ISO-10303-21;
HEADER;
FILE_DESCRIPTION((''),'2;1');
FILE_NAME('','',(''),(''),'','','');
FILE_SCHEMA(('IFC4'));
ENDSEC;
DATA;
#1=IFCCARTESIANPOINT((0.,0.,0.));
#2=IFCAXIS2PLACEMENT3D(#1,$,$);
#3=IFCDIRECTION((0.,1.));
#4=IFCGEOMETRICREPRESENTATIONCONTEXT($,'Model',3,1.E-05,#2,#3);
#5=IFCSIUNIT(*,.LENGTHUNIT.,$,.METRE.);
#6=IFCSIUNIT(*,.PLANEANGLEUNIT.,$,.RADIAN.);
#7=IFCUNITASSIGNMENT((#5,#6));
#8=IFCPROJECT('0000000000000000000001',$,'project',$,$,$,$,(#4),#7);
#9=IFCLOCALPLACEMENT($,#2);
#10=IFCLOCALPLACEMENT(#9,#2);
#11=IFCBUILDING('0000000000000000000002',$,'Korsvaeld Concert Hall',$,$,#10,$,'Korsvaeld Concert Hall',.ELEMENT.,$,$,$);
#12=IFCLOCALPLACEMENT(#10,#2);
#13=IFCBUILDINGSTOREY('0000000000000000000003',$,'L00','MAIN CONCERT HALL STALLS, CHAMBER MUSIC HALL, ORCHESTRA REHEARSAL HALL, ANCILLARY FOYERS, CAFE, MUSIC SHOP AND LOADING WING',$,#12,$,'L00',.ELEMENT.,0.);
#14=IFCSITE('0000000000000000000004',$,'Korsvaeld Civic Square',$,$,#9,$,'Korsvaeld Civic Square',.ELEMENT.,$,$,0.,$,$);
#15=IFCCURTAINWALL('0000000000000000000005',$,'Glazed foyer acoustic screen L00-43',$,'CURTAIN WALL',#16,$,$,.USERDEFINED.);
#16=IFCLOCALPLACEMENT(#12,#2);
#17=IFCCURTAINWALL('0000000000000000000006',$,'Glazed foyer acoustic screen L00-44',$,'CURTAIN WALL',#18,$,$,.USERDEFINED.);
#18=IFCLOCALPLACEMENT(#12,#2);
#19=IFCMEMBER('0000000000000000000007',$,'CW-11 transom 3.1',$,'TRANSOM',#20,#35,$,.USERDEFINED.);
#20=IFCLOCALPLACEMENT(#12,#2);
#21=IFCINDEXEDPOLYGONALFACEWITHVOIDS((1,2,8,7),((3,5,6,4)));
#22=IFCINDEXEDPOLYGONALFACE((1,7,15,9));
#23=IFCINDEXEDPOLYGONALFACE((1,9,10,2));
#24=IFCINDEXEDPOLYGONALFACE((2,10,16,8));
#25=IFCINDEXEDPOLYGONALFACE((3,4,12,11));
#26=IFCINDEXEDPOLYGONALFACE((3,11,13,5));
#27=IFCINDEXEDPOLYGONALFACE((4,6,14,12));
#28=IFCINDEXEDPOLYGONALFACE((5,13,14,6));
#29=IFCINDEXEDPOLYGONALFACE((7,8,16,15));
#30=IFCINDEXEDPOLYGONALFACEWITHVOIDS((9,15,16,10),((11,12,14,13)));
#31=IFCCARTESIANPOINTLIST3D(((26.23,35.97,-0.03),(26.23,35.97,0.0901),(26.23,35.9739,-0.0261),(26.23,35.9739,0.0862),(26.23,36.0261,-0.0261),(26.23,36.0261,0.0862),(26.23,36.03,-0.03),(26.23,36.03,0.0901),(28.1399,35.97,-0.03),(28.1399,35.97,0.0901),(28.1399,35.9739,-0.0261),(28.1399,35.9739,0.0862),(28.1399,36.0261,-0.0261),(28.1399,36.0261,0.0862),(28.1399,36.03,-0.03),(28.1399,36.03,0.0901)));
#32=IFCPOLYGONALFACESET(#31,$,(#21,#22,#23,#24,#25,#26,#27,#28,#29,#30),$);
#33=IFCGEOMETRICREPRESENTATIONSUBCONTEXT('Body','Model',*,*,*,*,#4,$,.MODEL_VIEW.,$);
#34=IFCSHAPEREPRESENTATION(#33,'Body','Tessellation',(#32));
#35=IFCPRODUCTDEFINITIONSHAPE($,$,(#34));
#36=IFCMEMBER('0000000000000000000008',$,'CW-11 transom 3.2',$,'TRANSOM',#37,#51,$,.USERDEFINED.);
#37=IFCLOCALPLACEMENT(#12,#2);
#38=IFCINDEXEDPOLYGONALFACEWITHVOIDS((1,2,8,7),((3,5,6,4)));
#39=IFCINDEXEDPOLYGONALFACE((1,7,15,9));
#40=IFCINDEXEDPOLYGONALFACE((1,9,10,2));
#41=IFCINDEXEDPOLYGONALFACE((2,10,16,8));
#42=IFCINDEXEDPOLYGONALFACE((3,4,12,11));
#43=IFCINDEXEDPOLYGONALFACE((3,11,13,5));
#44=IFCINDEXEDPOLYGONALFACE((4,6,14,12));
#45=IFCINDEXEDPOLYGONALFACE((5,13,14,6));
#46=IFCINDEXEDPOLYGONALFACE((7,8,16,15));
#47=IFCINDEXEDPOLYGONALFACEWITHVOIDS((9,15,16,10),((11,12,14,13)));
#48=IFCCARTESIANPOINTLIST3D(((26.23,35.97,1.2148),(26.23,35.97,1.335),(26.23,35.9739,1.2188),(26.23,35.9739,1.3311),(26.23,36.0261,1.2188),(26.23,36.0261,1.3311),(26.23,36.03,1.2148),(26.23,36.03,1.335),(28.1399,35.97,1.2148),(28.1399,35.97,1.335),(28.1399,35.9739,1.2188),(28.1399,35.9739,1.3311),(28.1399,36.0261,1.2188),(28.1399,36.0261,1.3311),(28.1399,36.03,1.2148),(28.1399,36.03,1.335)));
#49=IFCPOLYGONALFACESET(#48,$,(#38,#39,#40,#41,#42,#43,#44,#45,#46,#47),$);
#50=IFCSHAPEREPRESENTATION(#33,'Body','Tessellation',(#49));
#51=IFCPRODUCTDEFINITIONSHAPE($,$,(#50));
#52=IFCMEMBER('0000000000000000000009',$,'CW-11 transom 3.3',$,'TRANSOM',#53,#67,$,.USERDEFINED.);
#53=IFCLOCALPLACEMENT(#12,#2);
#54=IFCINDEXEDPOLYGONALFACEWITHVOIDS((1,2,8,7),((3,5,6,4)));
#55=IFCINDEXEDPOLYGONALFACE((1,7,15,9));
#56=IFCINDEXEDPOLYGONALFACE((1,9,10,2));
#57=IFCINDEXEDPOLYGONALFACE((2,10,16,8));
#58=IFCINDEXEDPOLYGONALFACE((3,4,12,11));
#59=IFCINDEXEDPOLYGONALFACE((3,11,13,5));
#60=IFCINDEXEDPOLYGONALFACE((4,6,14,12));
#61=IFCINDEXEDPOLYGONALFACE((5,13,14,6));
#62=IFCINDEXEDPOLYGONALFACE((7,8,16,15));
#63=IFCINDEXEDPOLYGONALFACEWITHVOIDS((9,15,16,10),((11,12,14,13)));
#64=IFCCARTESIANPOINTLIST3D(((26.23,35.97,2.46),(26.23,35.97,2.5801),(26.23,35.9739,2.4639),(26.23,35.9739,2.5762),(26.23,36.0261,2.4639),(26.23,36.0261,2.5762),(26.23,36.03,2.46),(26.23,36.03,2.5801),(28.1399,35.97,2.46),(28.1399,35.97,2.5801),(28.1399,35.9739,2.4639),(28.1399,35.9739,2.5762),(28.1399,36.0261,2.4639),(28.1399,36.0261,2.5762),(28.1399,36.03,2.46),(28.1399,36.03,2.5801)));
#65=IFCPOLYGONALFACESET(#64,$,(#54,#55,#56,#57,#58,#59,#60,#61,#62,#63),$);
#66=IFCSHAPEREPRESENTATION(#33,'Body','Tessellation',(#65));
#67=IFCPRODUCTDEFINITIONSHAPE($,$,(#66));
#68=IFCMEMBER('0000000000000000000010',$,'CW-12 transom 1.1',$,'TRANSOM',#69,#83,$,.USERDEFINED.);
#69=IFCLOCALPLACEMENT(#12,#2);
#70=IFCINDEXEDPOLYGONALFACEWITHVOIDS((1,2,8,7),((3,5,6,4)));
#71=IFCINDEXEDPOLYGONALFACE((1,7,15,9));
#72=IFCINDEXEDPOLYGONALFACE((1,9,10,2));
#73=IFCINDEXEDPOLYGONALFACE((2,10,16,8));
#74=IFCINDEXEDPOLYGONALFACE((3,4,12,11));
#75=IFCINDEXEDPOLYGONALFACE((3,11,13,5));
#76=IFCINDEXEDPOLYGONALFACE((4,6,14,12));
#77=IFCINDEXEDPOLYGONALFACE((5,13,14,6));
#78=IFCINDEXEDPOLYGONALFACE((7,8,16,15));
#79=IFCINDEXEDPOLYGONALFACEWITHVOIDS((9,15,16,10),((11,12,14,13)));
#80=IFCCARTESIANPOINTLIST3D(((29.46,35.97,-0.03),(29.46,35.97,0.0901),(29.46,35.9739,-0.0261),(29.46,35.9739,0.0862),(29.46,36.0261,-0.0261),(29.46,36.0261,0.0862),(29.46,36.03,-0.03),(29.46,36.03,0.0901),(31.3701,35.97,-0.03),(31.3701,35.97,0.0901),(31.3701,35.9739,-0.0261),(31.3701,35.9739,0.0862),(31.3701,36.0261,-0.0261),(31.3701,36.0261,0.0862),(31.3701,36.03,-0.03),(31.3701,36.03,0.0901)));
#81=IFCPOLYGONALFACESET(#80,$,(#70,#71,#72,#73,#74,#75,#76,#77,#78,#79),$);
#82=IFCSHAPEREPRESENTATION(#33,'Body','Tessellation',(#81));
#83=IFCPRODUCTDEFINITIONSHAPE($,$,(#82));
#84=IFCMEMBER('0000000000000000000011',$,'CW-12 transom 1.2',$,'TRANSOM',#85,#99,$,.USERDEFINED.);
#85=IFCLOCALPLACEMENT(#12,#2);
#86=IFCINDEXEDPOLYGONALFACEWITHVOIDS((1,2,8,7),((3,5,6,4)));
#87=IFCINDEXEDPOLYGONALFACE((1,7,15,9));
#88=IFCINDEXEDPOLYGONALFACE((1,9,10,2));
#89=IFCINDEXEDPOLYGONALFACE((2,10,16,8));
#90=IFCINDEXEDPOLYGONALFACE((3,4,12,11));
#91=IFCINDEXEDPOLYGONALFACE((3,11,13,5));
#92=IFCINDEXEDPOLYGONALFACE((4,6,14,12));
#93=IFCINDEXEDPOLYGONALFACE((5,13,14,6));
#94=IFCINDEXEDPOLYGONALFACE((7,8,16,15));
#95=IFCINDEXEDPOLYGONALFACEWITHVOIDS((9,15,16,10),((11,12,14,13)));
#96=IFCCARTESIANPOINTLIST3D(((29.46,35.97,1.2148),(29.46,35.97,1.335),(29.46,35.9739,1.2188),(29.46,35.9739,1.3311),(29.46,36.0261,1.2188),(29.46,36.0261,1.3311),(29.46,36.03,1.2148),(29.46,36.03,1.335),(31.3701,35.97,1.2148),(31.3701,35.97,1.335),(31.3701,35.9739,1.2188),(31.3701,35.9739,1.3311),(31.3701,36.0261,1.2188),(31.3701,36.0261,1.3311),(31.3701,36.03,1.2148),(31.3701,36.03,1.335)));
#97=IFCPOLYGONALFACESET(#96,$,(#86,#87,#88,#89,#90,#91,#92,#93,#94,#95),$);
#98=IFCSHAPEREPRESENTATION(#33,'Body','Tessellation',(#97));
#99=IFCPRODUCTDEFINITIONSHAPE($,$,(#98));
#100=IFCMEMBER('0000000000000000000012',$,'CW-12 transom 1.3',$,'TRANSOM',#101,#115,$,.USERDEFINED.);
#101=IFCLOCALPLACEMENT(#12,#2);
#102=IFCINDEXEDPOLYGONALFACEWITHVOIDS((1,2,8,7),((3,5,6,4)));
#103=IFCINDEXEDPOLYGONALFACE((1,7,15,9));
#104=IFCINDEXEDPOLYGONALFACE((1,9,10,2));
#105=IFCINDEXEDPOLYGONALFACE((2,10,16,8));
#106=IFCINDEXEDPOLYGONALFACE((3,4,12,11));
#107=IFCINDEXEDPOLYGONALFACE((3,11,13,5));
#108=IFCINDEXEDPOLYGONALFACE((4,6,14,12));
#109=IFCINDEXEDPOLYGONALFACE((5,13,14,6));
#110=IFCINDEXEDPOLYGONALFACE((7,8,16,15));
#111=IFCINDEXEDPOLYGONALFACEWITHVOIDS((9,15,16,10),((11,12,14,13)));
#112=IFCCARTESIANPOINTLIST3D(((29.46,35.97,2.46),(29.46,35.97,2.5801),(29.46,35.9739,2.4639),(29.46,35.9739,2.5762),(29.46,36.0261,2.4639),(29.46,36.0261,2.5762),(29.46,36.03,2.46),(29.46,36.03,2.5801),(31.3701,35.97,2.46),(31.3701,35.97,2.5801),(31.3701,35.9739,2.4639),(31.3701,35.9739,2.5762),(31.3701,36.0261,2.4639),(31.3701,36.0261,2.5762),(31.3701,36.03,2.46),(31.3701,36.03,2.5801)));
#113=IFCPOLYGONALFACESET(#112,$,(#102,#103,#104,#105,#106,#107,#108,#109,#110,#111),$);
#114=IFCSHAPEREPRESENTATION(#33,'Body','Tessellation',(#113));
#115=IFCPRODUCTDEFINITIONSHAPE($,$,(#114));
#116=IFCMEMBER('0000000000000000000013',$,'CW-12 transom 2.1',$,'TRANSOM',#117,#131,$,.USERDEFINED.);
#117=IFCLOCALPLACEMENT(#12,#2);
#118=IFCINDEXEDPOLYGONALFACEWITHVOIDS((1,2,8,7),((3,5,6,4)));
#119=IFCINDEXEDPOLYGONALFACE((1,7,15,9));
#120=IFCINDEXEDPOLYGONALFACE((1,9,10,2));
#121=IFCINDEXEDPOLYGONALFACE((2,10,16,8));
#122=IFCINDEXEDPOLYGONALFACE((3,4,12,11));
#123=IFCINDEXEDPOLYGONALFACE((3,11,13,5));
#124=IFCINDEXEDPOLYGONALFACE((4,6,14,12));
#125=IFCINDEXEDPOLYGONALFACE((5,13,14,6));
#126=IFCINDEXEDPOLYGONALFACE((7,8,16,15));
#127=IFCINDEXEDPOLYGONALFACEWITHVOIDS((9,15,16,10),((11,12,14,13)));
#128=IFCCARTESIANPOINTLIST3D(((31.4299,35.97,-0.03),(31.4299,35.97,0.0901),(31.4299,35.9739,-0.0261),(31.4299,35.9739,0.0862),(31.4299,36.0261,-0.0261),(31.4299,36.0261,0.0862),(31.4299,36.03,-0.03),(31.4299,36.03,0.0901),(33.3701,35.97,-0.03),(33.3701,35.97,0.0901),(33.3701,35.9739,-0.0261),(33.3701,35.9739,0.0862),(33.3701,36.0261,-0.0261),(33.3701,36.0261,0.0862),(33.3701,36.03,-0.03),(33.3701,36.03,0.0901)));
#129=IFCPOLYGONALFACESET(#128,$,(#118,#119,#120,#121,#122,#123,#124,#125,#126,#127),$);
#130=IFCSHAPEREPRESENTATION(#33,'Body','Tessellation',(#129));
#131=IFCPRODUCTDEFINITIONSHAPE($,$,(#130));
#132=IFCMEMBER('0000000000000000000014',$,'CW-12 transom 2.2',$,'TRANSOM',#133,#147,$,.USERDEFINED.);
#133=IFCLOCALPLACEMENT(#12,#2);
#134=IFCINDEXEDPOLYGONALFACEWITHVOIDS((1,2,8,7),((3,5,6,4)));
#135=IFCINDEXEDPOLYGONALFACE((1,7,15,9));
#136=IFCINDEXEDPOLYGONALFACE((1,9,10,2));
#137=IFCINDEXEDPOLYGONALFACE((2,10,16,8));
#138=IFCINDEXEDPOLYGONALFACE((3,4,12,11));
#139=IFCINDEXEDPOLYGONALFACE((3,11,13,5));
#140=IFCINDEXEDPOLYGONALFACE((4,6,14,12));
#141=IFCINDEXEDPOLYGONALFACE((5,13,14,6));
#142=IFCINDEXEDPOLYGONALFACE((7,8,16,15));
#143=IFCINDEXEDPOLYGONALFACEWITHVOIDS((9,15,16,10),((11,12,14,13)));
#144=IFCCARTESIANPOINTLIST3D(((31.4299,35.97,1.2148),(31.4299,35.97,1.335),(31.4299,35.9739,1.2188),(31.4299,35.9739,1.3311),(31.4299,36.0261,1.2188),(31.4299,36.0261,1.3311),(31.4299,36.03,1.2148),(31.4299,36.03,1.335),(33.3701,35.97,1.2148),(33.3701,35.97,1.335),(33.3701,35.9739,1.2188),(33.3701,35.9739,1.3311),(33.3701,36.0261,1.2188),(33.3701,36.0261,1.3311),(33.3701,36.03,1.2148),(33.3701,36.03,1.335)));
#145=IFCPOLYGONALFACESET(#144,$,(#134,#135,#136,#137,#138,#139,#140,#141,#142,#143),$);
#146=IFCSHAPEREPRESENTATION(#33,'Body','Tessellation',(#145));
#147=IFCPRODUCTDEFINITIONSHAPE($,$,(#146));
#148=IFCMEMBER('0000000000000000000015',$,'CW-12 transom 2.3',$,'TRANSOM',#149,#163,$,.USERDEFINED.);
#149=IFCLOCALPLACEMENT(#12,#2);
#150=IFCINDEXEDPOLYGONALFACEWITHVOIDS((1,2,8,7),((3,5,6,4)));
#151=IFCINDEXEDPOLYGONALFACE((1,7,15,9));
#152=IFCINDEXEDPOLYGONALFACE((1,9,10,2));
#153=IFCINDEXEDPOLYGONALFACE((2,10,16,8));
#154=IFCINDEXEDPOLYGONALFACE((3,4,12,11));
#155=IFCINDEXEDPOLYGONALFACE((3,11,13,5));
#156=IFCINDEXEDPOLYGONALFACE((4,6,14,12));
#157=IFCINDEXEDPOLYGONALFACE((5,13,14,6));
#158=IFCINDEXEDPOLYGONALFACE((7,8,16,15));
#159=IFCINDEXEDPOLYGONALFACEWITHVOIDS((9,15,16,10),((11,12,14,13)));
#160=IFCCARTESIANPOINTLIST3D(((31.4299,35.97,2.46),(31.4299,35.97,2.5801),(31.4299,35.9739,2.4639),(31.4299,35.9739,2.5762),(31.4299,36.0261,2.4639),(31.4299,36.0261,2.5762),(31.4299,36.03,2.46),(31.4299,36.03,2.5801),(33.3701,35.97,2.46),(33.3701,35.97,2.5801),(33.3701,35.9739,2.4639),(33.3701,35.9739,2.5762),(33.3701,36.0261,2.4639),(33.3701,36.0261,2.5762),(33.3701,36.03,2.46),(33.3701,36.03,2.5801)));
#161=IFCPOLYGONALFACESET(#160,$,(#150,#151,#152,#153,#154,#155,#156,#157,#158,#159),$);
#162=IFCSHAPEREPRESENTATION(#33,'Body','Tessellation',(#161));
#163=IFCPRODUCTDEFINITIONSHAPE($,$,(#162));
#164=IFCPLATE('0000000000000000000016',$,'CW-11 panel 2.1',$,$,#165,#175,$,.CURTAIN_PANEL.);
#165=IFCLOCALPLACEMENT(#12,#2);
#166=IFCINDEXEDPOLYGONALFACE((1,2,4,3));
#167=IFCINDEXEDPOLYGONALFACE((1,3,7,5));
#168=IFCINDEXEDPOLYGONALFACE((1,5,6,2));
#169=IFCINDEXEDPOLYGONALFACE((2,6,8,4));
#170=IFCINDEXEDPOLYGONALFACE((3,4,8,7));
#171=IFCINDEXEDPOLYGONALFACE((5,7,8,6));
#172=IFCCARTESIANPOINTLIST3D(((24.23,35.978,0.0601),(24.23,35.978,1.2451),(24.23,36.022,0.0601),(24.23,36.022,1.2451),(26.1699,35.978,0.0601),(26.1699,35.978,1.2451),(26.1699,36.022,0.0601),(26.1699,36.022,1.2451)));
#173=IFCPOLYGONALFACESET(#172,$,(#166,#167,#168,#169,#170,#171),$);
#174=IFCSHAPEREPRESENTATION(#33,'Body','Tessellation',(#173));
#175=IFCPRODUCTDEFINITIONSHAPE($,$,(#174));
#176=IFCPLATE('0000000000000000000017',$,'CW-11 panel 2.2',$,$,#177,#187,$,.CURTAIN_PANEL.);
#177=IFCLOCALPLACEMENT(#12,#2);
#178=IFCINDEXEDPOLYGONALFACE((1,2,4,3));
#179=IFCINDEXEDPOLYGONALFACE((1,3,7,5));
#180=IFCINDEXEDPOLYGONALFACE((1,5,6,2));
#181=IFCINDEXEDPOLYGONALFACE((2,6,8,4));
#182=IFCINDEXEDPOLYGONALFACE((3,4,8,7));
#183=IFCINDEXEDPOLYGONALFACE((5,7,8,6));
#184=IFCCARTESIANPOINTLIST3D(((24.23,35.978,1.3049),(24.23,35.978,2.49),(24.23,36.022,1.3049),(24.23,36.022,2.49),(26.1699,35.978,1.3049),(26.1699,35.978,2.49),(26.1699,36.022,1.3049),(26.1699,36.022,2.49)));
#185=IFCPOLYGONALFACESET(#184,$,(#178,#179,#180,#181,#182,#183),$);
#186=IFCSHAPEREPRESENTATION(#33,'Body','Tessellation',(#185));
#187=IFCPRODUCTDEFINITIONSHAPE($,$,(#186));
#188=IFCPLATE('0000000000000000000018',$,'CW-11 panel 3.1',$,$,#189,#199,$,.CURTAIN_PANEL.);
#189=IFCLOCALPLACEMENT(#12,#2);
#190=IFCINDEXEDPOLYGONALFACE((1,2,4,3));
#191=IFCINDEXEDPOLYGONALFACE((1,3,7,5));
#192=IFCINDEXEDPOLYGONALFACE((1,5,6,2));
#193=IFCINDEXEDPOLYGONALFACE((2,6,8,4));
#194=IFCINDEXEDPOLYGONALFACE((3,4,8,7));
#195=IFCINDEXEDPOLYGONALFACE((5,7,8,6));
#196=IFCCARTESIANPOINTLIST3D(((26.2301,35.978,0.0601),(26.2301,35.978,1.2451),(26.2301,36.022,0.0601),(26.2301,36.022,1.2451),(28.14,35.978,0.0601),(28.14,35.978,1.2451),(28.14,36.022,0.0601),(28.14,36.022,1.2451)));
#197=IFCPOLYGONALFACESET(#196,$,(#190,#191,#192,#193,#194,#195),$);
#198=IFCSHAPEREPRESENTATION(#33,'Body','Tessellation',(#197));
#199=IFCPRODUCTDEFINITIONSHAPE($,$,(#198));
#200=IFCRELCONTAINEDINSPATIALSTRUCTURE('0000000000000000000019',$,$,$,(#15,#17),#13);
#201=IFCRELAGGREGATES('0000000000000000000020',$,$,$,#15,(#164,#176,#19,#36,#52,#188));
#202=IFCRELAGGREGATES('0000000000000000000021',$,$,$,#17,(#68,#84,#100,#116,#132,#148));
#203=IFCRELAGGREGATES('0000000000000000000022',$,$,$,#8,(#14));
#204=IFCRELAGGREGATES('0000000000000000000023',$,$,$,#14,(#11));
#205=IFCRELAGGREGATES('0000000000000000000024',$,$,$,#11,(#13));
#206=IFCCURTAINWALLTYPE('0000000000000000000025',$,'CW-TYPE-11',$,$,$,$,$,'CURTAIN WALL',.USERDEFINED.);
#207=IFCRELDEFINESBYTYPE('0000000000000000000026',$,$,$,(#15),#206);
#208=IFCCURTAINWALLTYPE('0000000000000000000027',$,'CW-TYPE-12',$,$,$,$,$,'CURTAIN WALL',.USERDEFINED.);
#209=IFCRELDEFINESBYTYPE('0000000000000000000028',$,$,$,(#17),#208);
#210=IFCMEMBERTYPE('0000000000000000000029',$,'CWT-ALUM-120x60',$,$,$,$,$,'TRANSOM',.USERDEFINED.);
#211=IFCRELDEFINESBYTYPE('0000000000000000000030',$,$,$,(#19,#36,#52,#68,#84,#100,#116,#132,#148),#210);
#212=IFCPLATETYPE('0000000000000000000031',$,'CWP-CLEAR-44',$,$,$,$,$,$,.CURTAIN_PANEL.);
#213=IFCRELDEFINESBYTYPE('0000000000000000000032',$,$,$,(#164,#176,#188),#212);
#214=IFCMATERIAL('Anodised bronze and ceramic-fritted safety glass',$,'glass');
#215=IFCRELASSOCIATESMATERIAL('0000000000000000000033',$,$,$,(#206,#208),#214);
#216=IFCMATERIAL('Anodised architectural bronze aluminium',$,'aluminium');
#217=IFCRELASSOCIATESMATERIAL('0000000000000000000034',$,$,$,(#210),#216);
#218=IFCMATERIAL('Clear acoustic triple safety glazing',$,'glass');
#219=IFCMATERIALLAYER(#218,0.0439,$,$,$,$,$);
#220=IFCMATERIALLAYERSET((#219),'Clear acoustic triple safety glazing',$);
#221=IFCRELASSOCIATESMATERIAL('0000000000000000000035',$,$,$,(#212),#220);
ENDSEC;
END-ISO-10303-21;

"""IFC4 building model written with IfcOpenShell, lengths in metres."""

from ifc_helpers import new_model, si_unit, direction, frame, origin, origin_2d, place, context, subcontext, project, spatial, rectangle, hollow_rectangle, extrude, material, layer, layer_set, material_profile, profile_set, type_object, element, aggregate, save


model = new_model("IFC4")

# Units and contexts
model_context = context("Model", 3, precision=1e-05, world=origin(), true_north=direction((0.0, 1.0)))
body_context = subcontext(model_context, "Body", "Model", "MODEL_VIEW")
ifc_project = project(units=[si_unit("LENGTHUNIT", "METRE"), si_unit("PLANEANGLEUNIT", "RADIAN")], contexts=[model_context])

# Site, building, storey
site_placement = place(None, origin())
site = spatial("IfcSite", under=ifc_project, at=site_placement, Name="Korsvaeld Civic Square", LongName="Korsvaeld Civic Square", CompositionType="ELEMENT", RefElevation=0.0)
building_placement = place(site_placement, origin())
building = spatial("IfcBuilding", under=site, at=building_placement, Name="Korsvaeld Concert Hall", LongName="Korsvaeld Concert Hall", CompositionType="ELEMENT")
storey_placement = place(building_placement, origin())
storey = spatial("IfcBuildingStorey", under=building, at=storey_placement, Name="L00", Description="MAIN CONCERT HALL STALLS, CHAMBER MUSIC HALL, ORCHESTRA REHEARSAL HALL, ANCILLARY FOYERS, CAFE, MUSIC SHOP AND LOADING WING", LongName="L00", CompositionType="ELEMENT", Elevation=0.0)

# Curtain walls
ifc_material_1 = material(Name="Anodised bronze and ceramic-fritted safety glass", Category="glass")
curtain_wall_type_1 = type_object("IfcCurtainWallType", Name="CW-TYPE-11", ElementType="CURTAIN WALL", PredefinedType="USERDEFINED", material=ifc_material_1)
curtain_wall_1_placement = place(storey_placement, origin())
curtain_wall_1 = element("IfcCurtainWall", 1, at=curtain_wall_1_placement, inside=storey, type_object=curtain_wall_type_1, Name="Glazed foyer acoustic screen L00-43", ObjectType="CURTAIN WALL", PredefinedType="USERDEFINED")
ifc_material_2 = material(Name="Anodised architectural bronze aluminium", Category="aluminium")
curtain_wall_type_2 = type_object("IfcCurtainWallType", Name="CW-TYPE-12", ElementType="CURTAIN WALL", PredefinedType="USERDEFINED", material=ifc_material_1)
curtain_wall_2_placement = place(storey_placement, origin())
curtain_wall_2 = element("IfcCurtainWall", 2, at=curtain_wall_2_placement, inside=storey, type_object=curtain_wall_type_2, Name="Glazed foyer acoustic screen L00-44", ObjectType="CURTAIN WALL", PredefinedType="USERDEFINED")

# Members
ifc_material_profile_1 = material_profile(ifc_material_2, hollow_rectangle(XDim=0.0601, YDim=0.1201, WallThickness=0.0039, at=origin_2d()), Name="CWT 120x60x4")
ifc_profile_set_1 = profile_set([ifc_material_profile_1], Name="Anodised architectural bronze aluminium")
member_type_1 = type_object("IfcMemberType", Name="CWT-ALUM-120x60", ElementType="TRANSOM", PredefinedType="USERDEFINED", material=ifc_profile_set_1)
member_1_placement = place(storey_placement, frame((26.23, 36.0, 0.03), z_axis=(1.0, 0.0, 0.0), x_axis=(0.0, 1.0, 0.0)))
member_1 = element("IfcMember", 3, at=member_1_placement, type_object=member_type_1, Name="CW-11 transom 3.1", ObjectType="TRANSOM", PredefinedType="USERDEFINED", context=body_context, shape_type="SweptSolid", body=[
    extrude(hollow_rectangle(XDim=0.0601, YDim=0.1201, WallThickness=0.0039, at=origin_2d()), origin(), (0.0, 0.0, 1.0), 1.9099),
])
member_2_placement = place(storey_placement, frame((26.23, 36.0, 1.2749), z_axis=(1.0, 0.0, 0.0), x_axis=(0.0, 1.0, 0.0)))
member_2 = element("IfcMember", 4, at=member_2_placement, type_object=member_type_1, Name="CW-11 transom 3.2", ObjectType="TRANSOM", PredefinedType="USERDEFINED", context=body_context, shape_type="SweptSolid", body=[
    extrude(hollow_rectangle(XDim=0.0601, YDim=0.1201, WallThickness=0.0039, at=origin_2d()), origin(), (0.0, 0.0, 1.0), 1.9099),
])
member_3_placement = place(storey_placement, frame((26.23, 36.0, 2.52), z_axis=(1.0, 0.0, 0.0), x_axis=(0.0, 1.0, 0.0)))
member_3 = element("IfcMember", 5, at=member_3_placement, type_object=member_type_1, Name="CW-11 transom 3.3", ObjectType="TRANSOM", PredefinedType="USERDEFINED", context=body_context, shape_type="SweptSolid", body=[
    extrude(hollow_rectangle(XDim=0.0601, YDim=0.1201, WallThickness=0.0039, at=origin_2d()), origin(), (0.0, 0.0, 1.0), 1.9099),
])
member_4_placement = place(storey_placement, frame((29.46, 36.0, 0.03), z_axis=(1.0, 0.0, 0.0), x_axis=(0.0, 1.0, 0.0)))
member_4 = element("IfcMember", 6, at=member_4_placement, type_object=member_type_1, Name="CW-12 transom 1.1", ObjectType="TRANSOM", PredefinedType="USERDEFINED", context=body_context, shape_type="SweptSolid", body=[
    extrude(hollow_rectangle(XDim=0.0601, YDim=0.1201, WallThickness=0.0039, at=origin_2d()), origin(), (0.0, 0.0, 1.0), 1.9102),
])
member_5_placement = place(storey_placement, frame((29.46, 36.0, 1.2749), z_axis=(1.0, 0.0, 0.0), x_axis=(0.0, 1.0, 0.0)))
member_5 = element("IfcMember", 7, at=member_5_placement, type_object=member_type_1, Name="CW-12 transom 1.2", ObjectType="TRANSOM", PredefinedType="USERDEFINED", context=body_context, shape_type="SweptSolid", body=[
    extrude(hollow_rectangle(XDim=0.0601, YDim=0.1201, WallThickness=0.0039, at=origin_2d()), origin(), (0.0, 0.0, 1.0), 1.9102),
])
member_6_placement = place(storey_placement, frame((29.46, 36.0, 2.52), z_axis=(1.0, 0.0, 0.0), x_axis=(0.0, 1.0, 0.0)))
member_6 = element("IfcMember", 8, at=member_6_placement, type_object=member_type_1, Name="CW-12 transom 1.3", ObjectType="TRANSOM", PredefinedType="USERDEFINED", context=body_context, shape_type="SweptSolid", body=[
    extrude(hollow_rectangle(XDim=0.0601, YDim=0.1201, WallThickness=0.0039, at=origin_2d()), origin(), (0.0, 0.0, 1.0), 1.9102),
])
member_7_placement = place(storey_placement, frame((31.4299, 36.0, 0.03), z_axis=(1.0, 0.0, 0.0), x_axis=(0.0, 1.0, 0.0)))
member_7 = element("IfcMember", 9, at=member_7_placement, type_object=member_type_1, Name="CW-12 transom 2.1", ObjectType="TRANSOM", PredefinedType="USERDEFINED", context=body_context, shape_type="SweptSolid", body=[
    extrude(hollow_rectangle(XDim=0.0601, YDim=0.1201, WallThickness=0.0039, at=origin_2d()), origin(), (0.0, 0.0, 1.0), 1.9402),
])
member_8_placement = place(storey_placement, frame((31.4299, 36.0, 1.2749), z_axis=(1.0, 0.0, 0.0), x_axis=(0.0, 1.0, 0.0)))
member_8 = element("IfcMember", 10, at=member_8_placement, type_object=member_type_1, Name="CW-12 transom 2.2", ObjectType="TRANSOM", PredefinedType="USERDEFINED", context=body_context, shape_type="SweptSolid", body=[
    extrude(hollow_rectangle(XDim=0.0601, YDim=0.1201, WallThickness=0.0039, at=origin_2d()), origin(), (0.0, 0.0, 1.0), 1.9402),
])
member_9_placement = place(storey_placement, frame((31.4299, 36.0, 2.52), z_axis=(1.0, 0.0, 0.0), x_axis=(0.0, 1.0, 0.0)))
member_9 = element("IfcMember", 11, at=member_9_placement, type_object=member_type_1, Name="CW-12 transom 2.3", ObjectType="TRANSOM", PredefinedType="USERDEFINED", context=body_context, shape_type="SweptSolid", body=[
    extrude(hollow_rectangle(XDim=0.0601, YDim=0.1201, WallThickness=0.0039, at=origin_2d()), origin(), (0.0, 0.0, 1.0), 1.9402),
])

# Plates
ifc_material_3 = material(Name="Clear acoustic triple safety glazing", Category="glass")
ifc_layer = layer(ifc_material_3, 0.0439)
ifc_layer_set = layer_set([ifc_layer], Name="Clear acoustic triple safety glazing")
plate_type = type_object("IfcPlateType", Name="CWP-CLEAR-44", PredefinedType="CURTAIN_PANEL", material=ifc_layer_set)
plate_1_placement = place(storey_placement, frame((25.2, 36.0, 0.0601), z_axis=(0.0, 0.0, 1.0), x_axis=(1.0, 0.0, 0.0)))
plate_1 = element("IfcPlate", 12, at=plate_1_placement, type_object=plate_type, Name="CW-11 panel 2.1", PredefinedType="CURTAIN_PANEL", context=body_context, shape_type="SweptSolid", body=[
    extrude(rectangle(XDim=1.9399, YDim=0.0439, at=origin_2d()), origin(), (0.0, 0.0, 1.0), 1.1851),
])
plate_2_placement = place(storey_placement, frame((25.2, 36.0, 1.3049), z_axis=(0.0, 0.0, 1.0), x_axis=(1.0, 0.0, 0.0)))
plate_2 = element("IfcPlate", 13, at=plate_2_placement, type_object=plate_type, Name="CW-11 panel 2.2", PredefinedType="CURTAIN_PANEL", context=body_context, shape_type="SweptSolid", body=[
    extrude(rectangle(XDim=1.9399, YDim=0.0439, at=origin_2d()), origin(), (0.0, 0.0, 1.0), 1.1851),
])
plate_3_placement = place(storey_placement, frame((27.1851, 36.0, 0.0601), z_axis=(0.0, 0.0, 1.0), x_axis=(1.0, 0.0, 0.0)))
plate_3 = element("IfcPlate", 14, at=plate_3_placement, type_object=plate_type, Name="CW-11 panel 3.1", PredefinedType="CURTAIN_PANEL", context=body_context, shape_type="SweptSolid", body=[
    extrude(rectangle(XDim=1.9099, YDim=0.0439, at=origin_2d()), origin(), (0.0, 0.0, 1.0), 1.1851),
])
aggregate(curtain_wall_1, [plate_1, plate_2, member_1, member_2, member_3, plate_3])
aggregate(curtain_wall_2, [member_4, member_5, member_6, member_7, member_8, member_9])

save(model, "model.ifc")
